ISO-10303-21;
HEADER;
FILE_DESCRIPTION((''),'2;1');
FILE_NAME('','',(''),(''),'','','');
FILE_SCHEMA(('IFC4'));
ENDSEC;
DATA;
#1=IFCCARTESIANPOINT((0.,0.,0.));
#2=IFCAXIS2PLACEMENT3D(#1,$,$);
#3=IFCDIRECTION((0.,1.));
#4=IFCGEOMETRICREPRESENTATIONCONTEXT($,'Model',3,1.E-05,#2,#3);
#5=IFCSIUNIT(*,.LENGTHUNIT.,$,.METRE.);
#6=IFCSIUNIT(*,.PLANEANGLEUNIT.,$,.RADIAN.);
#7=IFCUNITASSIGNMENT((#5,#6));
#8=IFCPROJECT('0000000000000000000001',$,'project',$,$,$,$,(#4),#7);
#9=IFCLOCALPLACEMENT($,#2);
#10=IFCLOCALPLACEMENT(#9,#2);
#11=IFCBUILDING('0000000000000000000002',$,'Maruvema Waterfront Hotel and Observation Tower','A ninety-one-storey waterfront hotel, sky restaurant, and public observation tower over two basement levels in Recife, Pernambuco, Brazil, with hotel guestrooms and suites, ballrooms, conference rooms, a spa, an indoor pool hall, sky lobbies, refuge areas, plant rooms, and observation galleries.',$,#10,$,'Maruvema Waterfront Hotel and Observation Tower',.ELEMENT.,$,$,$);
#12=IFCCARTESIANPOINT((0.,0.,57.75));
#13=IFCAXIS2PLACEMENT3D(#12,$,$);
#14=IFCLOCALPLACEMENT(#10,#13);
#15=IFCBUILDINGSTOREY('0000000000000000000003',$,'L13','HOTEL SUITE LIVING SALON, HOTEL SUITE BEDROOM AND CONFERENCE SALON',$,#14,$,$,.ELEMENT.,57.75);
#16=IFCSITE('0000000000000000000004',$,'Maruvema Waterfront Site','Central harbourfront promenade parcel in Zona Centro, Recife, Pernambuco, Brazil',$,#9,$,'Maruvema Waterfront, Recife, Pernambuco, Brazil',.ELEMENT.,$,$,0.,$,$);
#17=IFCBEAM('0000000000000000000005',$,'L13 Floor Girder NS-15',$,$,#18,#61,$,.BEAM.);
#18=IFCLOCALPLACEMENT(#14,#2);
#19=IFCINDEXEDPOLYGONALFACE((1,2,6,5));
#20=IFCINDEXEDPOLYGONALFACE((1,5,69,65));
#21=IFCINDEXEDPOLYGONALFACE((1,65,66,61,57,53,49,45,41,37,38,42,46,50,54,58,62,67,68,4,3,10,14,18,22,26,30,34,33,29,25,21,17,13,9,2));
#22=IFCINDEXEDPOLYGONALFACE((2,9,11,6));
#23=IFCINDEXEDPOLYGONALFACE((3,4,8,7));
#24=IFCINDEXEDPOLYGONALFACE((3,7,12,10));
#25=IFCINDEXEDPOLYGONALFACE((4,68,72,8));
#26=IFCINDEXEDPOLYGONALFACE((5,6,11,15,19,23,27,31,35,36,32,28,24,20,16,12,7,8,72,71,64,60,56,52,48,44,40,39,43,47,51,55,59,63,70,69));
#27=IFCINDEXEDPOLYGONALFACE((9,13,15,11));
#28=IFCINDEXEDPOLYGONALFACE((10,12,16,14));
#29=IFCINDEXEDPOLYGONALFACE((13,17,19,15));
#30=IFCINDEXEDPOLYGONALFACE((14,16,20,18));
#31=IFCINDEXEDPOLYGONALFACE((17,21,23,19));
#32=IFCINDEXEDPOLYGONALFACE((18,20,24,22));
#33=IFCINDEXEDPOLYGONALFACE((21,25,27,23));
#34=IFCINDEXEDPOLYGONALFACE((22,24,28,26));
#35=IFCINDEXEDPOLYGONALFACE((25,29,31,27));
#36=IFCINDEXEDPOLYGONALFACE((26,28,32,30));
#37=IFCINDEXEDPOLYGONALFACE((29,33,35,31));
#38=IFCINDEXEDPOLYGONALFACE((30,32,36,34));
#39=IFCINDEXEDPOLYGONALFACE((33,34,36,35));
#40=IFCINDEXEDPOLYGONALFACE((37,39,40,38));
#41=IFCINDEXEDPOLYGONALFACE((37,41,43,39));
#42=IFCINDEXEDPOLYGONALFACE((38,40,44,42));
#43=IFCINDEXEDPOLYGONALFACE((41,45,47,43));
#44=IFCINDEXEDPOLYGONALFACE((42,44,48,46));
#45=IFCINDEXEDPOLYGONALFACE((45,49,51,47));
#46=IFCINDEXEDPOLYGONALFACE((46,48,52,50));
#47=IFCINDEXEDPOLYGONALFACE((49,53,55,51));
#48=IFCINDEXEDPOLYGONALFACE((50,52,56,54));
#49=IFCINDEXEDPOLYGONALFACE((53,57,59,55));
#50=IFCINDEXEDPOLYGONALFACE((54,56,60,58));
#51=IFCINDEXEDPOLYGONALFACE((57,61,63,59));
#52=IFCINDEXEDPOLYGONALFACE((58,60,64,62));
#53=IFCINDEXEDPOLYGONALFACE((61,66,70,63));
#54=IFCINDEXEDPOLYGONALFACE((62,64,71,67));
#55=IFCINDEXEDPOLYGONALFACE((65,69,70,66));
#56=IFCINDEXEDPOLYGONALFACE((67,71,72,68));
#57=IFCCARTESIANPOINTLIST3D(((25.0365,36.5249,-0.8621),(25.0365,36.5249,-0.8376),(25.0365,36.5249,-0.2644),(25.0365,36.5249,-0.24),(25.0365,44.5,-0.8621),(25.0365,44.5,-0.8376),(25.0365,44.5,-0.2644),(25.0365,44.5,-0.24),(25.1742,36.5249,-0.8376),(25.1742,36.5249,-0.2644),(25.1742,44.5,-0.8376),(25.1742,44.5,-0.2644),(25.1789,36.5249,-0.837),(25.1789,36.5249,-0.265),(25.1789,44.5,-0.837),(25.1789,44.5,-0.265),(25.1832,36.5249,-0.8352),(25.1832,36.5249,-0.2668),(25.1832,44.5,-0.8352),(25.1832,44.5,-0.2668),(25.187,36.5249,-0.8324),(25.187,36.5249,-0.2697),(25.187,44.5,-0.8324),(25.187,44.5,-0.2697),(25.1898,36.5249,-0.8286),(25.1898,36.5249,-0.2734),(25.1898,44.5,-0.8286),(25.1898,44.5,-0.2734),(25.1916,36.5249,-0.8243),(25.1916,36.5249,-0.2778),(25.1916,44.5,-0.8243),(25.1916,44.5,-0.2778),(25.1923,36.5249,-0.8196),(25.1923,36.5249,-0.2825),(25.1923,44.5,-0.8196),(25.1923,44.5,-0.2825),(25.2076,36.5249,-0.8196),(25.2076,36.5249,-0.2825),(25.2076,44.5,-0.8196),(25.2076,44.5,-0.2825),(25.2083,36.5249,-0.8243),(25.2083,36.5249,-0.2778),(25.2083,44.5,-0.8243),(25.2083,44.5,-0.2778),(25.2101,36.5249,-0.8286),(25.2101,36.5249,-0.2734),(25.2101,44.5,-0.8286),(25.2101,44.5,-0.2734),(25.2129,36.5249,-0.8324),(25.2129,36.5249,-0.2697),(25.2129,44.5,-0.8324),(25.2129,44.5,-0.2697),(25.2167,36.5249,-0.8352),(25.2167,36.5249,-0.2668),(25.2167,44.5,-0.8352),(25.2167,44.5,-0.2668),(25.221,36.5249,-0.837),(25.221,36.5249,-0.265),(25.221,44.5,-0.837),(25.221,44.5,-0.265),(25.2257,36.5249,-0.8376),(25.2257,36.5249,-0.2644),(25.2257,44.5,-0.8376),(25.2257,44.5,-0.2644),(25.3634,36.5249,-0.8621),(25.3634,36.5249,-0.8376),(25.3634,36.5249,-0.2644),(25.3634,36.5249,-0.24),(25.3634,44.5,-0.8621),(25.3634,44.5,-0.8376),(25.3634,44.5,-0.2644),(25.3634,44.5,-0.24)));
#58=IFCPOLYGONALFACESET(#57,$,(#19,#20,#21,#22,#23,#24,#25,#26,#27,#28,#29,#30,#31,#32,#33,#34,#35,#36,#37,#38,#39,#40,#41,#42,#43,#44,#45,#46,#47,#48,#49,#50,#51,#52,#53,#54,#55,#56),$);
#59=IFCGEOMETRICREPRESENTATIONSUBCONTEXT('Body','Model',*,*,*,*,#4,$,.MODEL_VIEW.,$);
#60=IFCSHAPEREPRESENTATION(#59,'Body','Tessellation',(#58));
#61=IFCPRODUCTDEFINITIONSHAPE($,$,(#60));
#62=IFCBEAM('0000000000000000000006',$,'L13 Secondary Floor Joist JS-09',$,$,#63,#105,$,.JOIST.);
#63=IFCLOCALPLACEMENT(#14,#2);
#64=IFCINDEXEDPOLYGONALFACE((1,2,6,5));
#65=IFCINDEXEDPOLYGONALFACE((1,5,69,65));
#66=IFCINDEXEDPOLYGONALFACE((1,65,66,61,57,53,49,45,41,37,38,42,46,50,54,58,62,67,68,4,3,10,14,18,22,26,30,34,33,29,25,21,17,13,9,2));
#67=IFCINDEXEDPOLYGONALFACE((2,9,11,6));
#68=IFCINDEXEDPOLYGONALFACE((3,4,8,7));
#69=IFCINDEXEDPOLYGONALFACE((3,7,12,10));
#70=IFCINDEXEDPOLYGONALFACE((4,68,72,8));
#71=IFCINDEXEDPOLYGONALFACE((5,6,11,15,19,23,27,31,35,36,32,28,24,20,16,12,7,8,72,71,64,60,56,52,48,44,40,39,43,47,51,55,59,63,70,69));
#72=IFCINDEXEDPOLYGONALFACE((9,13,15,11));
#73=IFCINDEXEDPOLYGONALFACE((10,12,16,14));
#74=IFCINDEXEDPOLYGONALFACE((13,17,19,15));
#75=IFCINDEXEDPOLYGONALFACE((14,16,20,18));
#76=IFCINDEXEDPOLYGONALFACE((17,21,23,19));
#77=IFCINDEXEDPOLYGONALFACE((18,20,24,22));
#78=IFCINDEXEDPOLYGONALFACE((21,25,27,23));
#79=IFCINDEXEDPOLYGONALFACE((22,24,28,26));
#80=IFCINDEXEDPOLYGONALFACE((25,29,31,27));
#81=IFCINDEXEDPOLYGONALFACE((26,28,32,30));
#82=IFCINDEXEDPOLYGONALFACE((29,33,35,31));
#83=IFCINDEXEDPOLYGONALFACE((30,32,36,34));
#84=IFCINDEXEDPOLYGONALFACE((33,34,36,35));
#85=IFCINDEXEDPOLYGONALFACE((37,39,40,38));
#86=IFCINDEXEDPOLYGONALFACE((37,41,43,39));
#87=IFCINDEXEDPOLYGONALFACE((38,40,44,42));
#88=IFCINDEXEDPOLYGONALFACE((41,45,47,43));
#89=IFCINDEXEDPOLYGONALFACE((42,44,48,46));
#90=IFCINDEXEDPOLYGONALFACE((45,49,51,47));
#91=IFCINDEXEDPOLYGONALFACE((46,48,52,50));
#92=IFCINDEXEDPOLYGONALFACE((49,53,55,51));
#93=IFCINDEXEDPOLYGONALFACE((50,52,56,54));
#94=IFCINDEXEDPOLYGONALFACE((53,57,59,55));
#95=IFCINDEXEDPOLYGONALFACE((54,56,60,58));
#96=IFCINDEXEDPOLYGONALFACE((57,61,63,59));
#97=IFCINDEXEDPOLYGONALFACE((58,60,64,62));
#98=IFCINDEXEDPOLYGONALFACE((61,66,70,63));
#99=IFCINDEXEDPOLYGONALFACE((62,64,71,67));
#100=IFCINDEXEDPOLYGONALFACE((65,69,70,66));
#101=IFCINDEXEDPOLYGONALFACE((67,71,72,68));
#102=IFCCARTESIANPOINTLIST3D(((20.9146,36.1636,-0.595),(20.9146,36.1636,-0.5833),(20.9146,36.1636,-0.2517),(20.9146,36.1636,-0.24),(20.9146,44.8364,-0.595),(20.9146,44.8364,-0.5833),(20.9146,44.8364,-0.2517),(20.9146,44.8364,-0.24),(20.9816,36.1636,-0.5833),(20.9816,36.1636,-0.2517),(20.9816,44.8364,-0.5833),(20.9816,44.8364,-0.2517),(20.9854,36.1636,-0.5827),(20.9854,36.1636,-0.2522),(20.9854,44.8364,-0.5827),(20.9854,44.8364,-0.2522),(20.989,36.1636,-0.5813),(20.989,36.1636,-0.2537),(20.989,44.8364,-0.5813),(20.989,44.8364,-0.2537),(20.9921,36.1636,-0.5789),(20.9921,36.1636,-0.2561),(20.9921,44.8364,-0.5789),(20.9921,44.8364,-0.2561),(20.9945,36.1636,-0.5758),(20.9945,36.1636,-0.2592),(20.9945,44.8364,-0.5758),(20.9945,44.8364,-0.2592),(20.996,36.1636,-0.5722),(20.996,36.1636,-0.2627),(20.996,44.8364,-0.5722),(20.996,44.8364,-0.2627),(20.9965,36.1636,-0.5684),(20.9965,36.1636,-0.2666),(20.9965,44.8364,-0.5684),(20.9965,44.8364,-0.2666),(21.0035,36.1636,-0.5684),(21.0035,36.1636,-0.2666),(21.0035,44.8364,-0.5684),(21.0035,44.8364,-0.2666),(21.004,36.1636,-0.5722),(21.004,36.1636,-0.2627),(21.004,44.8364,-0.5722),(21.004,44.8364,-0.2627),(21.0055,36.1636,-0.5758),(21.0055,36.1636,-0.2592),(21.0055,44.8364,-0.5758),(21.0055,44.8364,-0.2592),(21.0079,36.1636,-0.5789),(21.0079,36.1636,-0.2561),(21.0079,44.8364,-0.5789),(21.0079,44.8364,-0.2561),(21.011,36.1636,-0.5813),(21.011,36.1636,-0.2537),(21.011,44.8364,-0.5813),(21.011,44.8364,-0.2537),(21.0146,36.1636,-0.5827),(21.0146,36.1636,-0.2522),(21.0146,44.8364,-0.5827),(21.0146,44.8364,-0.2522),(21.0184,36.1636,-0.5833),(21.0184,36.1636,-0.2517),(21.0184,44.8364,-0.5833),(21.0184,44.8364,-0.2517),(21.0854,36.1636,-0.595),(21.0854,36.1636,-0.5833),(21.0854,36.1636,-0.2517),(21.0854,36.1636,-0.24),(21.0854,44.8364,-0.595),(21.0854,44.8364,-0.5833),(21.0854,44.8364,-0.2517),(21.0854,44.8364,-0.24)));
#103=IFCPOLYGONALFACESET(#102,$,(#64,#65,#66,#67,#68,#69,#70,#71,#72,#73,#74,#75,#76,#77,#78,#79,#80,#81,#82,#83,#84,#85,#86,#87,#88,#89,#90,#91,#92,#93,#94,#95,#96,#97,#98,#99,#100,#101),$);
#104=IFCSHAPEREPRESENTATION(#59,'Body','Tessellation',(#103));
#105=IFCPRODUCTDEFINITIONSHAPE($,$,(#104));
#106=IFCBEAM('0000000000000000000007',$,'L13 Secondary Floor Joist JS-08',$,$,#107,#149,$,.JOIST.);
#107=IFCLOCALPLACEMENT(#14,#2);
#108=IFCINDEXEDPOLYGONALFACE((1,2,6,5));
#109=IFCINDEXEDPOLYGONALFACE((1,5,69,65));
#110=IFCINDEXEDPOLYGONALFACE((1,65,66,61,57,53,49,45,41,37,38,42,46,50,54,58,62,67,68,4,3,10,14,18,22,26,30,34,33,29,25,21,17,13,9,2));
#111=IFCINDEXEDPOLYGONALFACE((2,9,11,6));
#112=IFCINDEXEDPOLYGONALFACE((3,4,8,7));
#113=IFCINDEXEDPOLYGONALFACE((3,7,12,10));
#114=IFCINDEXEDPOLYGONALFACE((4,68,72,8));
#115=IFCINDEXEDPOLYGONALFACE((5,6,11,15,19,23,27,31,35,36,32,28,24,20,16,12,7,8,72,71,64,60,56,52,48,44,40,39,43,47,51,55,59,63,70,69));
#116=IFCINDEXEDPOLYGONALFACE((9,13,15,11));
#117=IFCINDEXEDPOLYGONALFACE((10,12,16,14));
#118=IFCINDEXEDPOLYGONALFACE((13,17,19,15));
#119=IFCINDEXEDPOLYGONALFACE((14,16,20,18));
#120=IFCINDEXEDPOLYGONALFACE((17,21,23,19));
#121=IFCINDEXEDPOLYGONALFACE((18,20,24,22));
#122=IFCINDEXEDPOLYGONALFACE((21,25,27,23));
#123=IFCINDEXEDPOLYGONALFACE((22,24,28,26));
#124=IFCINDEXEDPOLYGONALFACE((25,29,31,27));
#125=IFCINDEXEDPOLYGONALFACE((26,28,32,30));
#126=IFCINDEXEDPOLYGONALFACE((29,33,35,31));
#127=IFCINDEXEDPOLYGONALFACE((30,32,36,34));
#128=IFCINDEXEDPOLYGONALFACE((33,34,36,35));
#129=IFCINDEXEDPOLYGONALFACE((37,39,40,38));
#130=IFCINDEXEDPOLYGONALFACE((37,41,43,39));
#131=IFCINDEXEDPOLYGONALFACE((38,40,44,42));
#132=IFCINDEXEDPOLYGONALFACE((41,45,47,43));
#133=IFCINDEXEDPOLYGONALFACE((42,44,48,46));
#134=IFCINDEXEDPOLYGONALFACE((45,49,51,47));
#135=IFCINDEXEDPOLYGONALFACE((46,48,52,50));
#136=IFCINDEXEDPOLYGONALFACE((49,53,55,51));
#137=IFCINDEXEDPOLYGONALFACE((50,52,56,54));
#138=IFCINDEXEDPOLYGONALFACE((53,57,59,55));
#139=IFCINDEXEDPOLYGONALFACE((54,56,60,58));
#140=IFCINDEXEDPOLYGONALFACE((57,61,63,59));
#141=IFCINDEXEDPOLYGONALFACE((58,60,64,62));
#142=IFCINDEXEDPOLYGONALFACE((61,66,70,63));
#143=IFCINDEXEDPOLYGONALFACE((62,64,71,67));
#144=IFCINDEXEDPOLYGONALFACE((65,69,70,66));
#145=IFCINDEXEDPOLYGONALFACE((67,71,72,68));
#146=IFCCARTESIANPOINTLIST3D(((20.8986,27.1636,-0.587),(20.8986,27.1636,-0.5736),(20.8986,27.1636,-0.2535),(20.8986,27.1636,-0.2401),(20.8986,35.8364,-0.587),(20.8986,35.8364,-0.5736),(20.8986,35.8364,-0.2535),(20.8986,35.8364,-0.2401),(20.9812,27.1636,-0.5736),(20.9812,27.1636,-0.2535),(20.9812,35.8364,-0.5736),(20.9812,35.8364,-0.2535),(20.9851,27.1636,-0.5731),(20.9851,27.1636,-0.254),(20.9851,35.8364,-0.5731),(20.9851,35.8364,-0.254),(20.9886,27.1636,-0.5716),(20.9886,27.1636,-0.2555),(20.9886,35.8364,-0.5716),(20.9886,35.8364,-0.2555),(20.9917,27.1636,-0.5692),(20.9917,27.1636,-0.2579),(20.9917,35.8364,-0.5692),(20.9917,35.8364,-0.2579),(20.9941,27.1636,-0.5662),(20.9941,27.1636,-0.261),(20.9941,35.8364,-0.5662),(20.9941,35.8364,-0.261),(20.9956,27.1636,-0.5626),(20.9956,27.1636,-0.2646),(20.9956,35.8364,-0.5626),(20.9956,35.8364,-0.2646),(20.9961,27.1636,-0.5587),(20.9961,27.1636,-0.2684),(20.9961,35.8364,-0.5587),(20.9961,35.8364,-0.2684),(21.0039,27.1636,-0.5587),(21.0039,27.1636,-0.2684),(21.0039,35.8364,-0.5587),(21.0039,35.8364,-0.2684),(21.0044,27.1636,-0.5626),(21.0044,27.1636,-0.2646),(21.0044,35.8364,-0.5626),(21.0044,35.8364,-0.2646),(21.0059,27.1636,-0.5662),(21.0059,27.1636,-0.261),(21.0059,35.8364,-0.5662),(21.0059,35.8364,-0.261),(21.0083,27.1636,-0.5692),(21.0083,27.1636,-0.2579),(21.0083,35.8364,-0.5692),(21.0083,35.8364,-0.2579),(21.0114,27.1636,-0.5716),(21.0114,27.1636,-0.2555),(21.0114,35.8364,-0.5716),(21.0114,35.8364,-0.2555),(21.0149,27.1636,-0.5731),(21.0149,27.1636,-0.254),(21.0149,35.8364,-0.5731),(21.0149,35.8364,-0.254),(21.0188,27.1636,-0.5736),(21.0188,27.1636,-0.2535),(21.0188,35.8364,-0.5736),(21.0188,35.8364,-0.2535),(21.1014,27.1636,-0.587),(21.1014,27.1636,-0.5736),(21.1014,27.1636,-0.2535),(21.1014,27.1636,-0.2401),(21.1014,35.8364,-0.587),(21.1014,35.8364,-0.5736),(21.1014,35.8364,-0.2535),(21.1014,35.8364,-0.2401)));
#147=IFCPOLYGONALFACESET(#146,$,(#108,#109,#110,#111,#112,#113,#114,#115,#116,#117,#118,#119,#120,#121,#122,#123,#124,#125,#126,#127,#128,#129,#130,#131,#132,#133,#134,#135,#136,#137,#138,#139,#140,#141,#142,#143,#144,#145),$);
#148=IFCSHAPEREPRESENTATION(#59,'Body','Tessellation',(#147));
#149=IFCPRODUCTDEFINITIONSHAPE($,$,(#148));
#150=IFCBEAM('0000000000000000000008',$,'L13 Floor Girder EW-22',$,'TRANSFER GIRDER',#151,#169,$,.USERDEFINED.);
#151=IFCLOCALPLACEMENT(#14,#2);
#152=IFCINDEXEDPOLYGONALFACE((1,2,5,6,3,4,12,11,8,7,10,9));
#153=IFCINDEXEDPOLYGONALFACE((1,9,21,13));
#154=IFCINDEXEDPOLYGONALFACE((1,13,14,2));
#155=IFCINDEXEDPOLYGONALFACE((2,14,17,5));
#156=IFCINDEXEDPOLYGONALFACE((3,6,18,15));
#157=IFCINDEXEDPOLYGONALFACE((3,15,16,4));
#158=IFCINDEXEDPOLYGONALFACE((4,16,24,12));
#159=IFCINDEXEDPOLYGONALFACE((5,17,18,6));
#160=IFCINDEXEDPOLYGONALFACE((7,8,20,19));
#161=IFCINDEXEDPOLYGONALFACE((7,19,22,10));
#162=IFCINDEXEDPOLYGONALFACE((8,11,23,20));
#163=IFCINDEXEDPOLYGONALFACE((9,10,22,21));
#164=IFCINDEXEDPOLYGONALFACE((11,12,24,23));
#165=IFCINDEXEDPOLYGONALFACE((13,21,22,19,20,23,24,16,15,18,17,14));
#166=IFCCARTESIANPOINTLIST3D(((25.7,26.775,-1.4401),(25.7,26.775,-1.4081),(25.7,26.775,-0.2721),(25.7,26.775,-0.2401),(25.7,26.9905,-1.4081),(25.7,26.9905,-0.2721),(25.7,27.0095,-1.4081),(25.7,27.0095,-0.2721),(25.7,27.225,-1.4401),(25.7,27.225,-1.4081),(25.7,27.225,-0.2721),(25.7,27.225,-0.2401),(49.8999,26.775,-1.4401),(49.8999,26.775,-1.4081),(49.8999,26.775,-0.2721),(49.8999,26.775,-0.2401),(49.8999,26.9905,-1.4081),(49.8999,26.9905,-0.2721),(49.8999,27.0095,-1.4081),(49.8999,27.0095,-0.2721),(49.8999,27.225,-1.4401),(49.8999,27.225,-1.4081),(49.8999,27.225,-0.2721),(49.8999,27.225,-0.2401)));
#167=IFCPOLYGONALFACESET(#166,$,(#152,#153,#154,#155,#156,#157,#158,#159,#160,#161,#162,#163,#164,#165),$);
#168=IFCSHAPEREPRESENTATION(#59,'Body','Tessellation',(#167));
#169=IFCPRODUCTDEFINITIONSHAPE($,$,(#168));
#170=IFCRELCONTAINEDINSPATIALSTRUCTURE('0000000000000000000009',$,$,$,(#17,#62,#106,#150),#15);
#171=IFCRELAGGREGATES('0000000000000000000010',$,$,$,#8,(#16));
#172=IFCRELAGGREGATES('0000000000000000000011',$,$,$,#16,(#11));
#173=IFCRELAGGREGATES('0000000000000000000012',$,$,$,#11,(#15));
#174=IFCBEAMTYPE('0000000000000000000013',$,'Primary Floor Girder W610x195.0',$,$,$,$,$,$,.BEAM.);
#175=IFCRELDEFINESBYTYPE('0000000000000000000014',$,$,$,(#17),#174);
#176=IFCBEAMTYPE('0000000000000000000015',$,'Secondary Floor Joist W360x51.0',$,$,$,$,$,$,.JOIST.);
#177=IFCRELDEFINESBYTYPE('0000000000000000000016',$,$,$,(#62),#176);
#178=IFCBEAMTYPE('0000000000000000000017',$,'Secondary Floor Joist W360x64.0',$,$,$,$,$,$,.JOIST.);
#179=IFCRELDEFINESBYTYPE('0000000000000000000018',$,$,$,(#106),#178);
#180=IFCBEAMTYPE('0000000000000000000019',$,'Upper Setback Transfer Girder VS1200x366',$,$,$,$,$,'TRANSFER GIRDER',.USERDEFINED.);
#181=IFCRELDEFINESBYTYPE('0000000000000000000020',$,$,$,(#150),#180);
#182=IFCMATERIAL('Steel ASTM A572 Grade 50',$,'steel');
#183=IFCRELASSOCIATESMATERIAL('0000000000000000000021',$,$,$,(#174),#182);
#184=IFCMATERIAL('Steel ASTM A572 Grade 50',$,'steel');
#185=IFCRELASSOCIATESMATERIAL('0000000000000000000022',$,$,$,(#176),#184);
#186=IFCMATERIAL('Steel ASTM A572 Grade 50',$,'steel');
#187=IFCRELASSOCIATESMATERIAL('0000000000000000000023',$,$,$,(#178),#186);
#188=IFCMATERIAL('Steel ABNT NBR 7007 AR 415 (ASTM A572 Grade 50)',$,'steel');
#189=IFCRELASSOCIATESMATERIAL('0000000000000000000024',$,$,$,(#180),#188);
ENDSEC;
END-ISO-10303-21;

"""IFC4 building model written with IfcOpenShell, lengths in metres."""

from ifc_helpers import new_model, si_unit, direction, frame, origin, origin_2d, place, context, subcontext, project, spatial, i_section, extrude, material, material_profile, profile_set, type_object, element, save


model = new_model("IFC4")

# Units and contexts
model_context = context("Model", 3, precision=1e-05, world=origin(), true_north=direction((0.0, 1.0)))
body_context = subcontext(model_context, "Body", "Model", "MODEL_VIEW")
ifc_project = project(units=[si_unit("LENGTHUNIT", "METRE"), si_unit("PLANEANGLEUNIT", "RADIAN")], contexts=[model_context])

# Site, building, storey
site_placement = place(None, origin())
site = spatial("IfcSite", under=ifc_project, at=site_placement, Name="Maruvema Waterfront Site", Description="Central harbourfront promenade parcel in Zona Centro, Recife, Pernambuco, Brazil", LongName="Maruvema Waterfront, Recife, Pernambuco, Brazil", CompositionType="ELEMENT", RefElevation=0.0)
building_placement = place(site_placement, origin())
building = spatial("IfcBuilding", under=site, at=building_placement, Name="Maruvema Waterfront Hotel and Observation Tower", Description="A ninety-one-storey waterfront hotel, sky restaurant, and public observation tower over two basement levels in Recife, Pernambuco, Brazil, with hotel guestrooms and suites, ballrooms, conference rooms, a spa, an indoor pool hall, sky lobbies, refuge areas, plant rooms, and observation galleries.", LongName="Maruvema Waterfront Hotel and Observation Tower", CompositionType="ELEMENT")
storey_placement = place(building_placement, frame((0.0, 0.0, 57.75)))
storey = spatial("IfcBuildingStorey", under=building, at=storey_placement, Name="L13", Description="HOTEL SUITE LIVING SALON, HOTEL SUITE BEDROOM AND CONFERENCE SALON", CompositionType="ELEMENT", Elevation=57.75)

# Beams
ifc_material_1 = material(Name="Steel ASTM A572 Grade 50", Category="steel")
ifc_material_profile_1 = material_profile(ifc_material_1, i_section(OverallWidth=0.3269, OverallDepth=0.6221, WebThickness=0.0154, FlangeThickness=0.0244, FilletRadius=0.0181, at=origin_2d()), Name="W610x195.0")
ifc_profile_set_1 = profile_set([ifc_material_profile_1], Name="Steel ASTM A572 Grade 50")
beam_type_1 = type_object("IfcBeamType", Name="Primary Floor Girder W610x195.0", PredefinedType="BEAM", material=ifc_profile_set_1)
for number, where, z_axis, x_axis, name in (
    (1, (25.2, 36.5249, -0.551), (0.0, 1.0, 0.0), (-1.0, 0.0, 0.0), "L13 Floor Girder NS-15"),
):
    element("IfcBeam", number, at=place(storey_placement, frame(where, z_axis=z_axis, x_axis=x_axis)), inside=storey, type_object=beam_type_1, Name=name, PredefinedType="BEAM", context=body_context, shape_type="SweptSolid", body=[
        extrude(i_section(OverallWidth=0.3269, OverallDepth=0.6221, WebThickness=0.0154, FlangeThickness=0.0244, FilletRadius=0.0181, at=origin_2d()), origin(), (0.0, 0.0, 1.0), 7.9751),
    ])
ifc_material_2 = material(Name="Steel ASTM A572 Grade 50", Category="steel")
ifc_material_profile_2 = material_profile(ifc_material_2, i_section(OverallWidth=0.1709, OverallDepth=0.355, WebThickness=0.0071, FlangeThickness=0.0117, FilletRadius=0.0149, at=origin_2d()), Name="W360x51.0")
ifc_profile_set_2 = profile_set([ifc_material_profile_2], Name="Steel ASTM A572 Grade 50")
beam_type_2 = type_object("IfcBeamType", Name="Secondary Floor Joist W360x51.0", PredefinedType="JOIST", material=ifc_profile_set_2)
beam_1_placement = place(storey_placement, frame((21.0, 36.1636, -0.4175), z_axis=(0.0, 1.0, 0.0), x_axis=(-1.0, 0.0, 0.0)))
element("IfcBeam", 2, at=beam_1_placement, inside=storey, type_object=beam_type_2, Name="L13 Secondary Floor Joist JS-09", PredefinedType="JOIST", context=body_context, shape_type="SweptSolid", body=[
    extrude(i_section(OverallWidth=0.1709, OverallDepth=0.355, WebThickness=0.0071, FlangeThickness=0.0117, FilletRadius=0.0149, at=origin_2d()), origin(), (0.0, 0.0, 1.0), 8.6729),
])
ifc_material_3 = material(Name="Steel ASTM A572 Grade 50", Category="steel")
ifc_material_profile_3 = material_profile(ifc_material_3, i_section(OverallWidth=0.2029, OverallDepth=0.3469, WebThickness=0.0078, FlangeThickness=0.0134, FilletRadius=0.0149, at=origin_2d()), Name="W360x64.0")
ifc_profile_set_3 = profile_set([ifc_material_profile_3], Name="Steel ASTM A572 Grade 50")
beam_type_3 = type_object("IfcBeamType", Name="Secondary Floor Joist W360x64.0", PredefinedType="JOIST", material=ifc_profile_set_3)
beam_2_placement = place(storey_placement, frame((21.0, 27.1636, -0.4136), z_axis=(0.0, 1.0, 0.0), x_axis=(-1.0, 0.0, 0.0)))
element("IfcBeam", 3, at=beam_2_placement, inside=storey, type_object=beam_type_3, Name="L13 Secondary Floor Joist JS-08", PredefinedType="JOIST", context=body_context, shape_type="SweptSolid", body=[
    extrude(i_section(OverallWidth=0.2029, OverallDepth=0.3469, WebThickness=0.0078, FlangeThickness=0.0134, FilletRadius=0.0149, at=origin_2d()), origin(), (0.0, 0.0, 1.0), 8.6729),
])
ifc_material_4 = material(Name="Steel ABNT NBR 7007 AR 415 (ASTM A572 Grade 50)", Category="steel")
ifc_material_profile_4 = material_profile(ifc_material_4, i_section(OverallWidth=0.45, OverallDepth=1.2, WebThickness=0.019, FlangeThickness=0.032, at=origin_2d()), Name="VS1200x366")
ifc_profile_set_4 = profile_set([ifc_material_profile_4], Name="Steel ABNT NBR 7007 AR 415 (ASTM A572 Grade 50)")
beam_type_4 = type_object("IfcBeamType", Name="Upper Setback Transfer Girder VS1200x366", ElementType="TRANSFER GIRDER", PredefinedType="USERDEFINED", material=ifc_profile_set_4)
beam_3_placement = place(storey_placement, frame((25.7, 27.0, -0.8401), z_axis=(1.0, 0.0, 0.0), x_axis=(0.0, 1.0, 0.0)))
element("IfcBeam", 4, at=beam_3_placement, inside=storey, type_object=beam_type_4, Name="L13 Floor Girder EW-22", ObjectType="TRANSFER GIRDER", PredefinedType="USERDEFINED", context=body_context, shape_type="SweptSolid", body=[
    extrude(i_section(OverallWidth=0.45, OverallDepth=1.2, WebThickness=0.019, FlangeThickness=0.032, at=origin_2d()), origin(), (0.0, 0.0, 1.0), 24.2),
])

save(model, "model.ifc")
